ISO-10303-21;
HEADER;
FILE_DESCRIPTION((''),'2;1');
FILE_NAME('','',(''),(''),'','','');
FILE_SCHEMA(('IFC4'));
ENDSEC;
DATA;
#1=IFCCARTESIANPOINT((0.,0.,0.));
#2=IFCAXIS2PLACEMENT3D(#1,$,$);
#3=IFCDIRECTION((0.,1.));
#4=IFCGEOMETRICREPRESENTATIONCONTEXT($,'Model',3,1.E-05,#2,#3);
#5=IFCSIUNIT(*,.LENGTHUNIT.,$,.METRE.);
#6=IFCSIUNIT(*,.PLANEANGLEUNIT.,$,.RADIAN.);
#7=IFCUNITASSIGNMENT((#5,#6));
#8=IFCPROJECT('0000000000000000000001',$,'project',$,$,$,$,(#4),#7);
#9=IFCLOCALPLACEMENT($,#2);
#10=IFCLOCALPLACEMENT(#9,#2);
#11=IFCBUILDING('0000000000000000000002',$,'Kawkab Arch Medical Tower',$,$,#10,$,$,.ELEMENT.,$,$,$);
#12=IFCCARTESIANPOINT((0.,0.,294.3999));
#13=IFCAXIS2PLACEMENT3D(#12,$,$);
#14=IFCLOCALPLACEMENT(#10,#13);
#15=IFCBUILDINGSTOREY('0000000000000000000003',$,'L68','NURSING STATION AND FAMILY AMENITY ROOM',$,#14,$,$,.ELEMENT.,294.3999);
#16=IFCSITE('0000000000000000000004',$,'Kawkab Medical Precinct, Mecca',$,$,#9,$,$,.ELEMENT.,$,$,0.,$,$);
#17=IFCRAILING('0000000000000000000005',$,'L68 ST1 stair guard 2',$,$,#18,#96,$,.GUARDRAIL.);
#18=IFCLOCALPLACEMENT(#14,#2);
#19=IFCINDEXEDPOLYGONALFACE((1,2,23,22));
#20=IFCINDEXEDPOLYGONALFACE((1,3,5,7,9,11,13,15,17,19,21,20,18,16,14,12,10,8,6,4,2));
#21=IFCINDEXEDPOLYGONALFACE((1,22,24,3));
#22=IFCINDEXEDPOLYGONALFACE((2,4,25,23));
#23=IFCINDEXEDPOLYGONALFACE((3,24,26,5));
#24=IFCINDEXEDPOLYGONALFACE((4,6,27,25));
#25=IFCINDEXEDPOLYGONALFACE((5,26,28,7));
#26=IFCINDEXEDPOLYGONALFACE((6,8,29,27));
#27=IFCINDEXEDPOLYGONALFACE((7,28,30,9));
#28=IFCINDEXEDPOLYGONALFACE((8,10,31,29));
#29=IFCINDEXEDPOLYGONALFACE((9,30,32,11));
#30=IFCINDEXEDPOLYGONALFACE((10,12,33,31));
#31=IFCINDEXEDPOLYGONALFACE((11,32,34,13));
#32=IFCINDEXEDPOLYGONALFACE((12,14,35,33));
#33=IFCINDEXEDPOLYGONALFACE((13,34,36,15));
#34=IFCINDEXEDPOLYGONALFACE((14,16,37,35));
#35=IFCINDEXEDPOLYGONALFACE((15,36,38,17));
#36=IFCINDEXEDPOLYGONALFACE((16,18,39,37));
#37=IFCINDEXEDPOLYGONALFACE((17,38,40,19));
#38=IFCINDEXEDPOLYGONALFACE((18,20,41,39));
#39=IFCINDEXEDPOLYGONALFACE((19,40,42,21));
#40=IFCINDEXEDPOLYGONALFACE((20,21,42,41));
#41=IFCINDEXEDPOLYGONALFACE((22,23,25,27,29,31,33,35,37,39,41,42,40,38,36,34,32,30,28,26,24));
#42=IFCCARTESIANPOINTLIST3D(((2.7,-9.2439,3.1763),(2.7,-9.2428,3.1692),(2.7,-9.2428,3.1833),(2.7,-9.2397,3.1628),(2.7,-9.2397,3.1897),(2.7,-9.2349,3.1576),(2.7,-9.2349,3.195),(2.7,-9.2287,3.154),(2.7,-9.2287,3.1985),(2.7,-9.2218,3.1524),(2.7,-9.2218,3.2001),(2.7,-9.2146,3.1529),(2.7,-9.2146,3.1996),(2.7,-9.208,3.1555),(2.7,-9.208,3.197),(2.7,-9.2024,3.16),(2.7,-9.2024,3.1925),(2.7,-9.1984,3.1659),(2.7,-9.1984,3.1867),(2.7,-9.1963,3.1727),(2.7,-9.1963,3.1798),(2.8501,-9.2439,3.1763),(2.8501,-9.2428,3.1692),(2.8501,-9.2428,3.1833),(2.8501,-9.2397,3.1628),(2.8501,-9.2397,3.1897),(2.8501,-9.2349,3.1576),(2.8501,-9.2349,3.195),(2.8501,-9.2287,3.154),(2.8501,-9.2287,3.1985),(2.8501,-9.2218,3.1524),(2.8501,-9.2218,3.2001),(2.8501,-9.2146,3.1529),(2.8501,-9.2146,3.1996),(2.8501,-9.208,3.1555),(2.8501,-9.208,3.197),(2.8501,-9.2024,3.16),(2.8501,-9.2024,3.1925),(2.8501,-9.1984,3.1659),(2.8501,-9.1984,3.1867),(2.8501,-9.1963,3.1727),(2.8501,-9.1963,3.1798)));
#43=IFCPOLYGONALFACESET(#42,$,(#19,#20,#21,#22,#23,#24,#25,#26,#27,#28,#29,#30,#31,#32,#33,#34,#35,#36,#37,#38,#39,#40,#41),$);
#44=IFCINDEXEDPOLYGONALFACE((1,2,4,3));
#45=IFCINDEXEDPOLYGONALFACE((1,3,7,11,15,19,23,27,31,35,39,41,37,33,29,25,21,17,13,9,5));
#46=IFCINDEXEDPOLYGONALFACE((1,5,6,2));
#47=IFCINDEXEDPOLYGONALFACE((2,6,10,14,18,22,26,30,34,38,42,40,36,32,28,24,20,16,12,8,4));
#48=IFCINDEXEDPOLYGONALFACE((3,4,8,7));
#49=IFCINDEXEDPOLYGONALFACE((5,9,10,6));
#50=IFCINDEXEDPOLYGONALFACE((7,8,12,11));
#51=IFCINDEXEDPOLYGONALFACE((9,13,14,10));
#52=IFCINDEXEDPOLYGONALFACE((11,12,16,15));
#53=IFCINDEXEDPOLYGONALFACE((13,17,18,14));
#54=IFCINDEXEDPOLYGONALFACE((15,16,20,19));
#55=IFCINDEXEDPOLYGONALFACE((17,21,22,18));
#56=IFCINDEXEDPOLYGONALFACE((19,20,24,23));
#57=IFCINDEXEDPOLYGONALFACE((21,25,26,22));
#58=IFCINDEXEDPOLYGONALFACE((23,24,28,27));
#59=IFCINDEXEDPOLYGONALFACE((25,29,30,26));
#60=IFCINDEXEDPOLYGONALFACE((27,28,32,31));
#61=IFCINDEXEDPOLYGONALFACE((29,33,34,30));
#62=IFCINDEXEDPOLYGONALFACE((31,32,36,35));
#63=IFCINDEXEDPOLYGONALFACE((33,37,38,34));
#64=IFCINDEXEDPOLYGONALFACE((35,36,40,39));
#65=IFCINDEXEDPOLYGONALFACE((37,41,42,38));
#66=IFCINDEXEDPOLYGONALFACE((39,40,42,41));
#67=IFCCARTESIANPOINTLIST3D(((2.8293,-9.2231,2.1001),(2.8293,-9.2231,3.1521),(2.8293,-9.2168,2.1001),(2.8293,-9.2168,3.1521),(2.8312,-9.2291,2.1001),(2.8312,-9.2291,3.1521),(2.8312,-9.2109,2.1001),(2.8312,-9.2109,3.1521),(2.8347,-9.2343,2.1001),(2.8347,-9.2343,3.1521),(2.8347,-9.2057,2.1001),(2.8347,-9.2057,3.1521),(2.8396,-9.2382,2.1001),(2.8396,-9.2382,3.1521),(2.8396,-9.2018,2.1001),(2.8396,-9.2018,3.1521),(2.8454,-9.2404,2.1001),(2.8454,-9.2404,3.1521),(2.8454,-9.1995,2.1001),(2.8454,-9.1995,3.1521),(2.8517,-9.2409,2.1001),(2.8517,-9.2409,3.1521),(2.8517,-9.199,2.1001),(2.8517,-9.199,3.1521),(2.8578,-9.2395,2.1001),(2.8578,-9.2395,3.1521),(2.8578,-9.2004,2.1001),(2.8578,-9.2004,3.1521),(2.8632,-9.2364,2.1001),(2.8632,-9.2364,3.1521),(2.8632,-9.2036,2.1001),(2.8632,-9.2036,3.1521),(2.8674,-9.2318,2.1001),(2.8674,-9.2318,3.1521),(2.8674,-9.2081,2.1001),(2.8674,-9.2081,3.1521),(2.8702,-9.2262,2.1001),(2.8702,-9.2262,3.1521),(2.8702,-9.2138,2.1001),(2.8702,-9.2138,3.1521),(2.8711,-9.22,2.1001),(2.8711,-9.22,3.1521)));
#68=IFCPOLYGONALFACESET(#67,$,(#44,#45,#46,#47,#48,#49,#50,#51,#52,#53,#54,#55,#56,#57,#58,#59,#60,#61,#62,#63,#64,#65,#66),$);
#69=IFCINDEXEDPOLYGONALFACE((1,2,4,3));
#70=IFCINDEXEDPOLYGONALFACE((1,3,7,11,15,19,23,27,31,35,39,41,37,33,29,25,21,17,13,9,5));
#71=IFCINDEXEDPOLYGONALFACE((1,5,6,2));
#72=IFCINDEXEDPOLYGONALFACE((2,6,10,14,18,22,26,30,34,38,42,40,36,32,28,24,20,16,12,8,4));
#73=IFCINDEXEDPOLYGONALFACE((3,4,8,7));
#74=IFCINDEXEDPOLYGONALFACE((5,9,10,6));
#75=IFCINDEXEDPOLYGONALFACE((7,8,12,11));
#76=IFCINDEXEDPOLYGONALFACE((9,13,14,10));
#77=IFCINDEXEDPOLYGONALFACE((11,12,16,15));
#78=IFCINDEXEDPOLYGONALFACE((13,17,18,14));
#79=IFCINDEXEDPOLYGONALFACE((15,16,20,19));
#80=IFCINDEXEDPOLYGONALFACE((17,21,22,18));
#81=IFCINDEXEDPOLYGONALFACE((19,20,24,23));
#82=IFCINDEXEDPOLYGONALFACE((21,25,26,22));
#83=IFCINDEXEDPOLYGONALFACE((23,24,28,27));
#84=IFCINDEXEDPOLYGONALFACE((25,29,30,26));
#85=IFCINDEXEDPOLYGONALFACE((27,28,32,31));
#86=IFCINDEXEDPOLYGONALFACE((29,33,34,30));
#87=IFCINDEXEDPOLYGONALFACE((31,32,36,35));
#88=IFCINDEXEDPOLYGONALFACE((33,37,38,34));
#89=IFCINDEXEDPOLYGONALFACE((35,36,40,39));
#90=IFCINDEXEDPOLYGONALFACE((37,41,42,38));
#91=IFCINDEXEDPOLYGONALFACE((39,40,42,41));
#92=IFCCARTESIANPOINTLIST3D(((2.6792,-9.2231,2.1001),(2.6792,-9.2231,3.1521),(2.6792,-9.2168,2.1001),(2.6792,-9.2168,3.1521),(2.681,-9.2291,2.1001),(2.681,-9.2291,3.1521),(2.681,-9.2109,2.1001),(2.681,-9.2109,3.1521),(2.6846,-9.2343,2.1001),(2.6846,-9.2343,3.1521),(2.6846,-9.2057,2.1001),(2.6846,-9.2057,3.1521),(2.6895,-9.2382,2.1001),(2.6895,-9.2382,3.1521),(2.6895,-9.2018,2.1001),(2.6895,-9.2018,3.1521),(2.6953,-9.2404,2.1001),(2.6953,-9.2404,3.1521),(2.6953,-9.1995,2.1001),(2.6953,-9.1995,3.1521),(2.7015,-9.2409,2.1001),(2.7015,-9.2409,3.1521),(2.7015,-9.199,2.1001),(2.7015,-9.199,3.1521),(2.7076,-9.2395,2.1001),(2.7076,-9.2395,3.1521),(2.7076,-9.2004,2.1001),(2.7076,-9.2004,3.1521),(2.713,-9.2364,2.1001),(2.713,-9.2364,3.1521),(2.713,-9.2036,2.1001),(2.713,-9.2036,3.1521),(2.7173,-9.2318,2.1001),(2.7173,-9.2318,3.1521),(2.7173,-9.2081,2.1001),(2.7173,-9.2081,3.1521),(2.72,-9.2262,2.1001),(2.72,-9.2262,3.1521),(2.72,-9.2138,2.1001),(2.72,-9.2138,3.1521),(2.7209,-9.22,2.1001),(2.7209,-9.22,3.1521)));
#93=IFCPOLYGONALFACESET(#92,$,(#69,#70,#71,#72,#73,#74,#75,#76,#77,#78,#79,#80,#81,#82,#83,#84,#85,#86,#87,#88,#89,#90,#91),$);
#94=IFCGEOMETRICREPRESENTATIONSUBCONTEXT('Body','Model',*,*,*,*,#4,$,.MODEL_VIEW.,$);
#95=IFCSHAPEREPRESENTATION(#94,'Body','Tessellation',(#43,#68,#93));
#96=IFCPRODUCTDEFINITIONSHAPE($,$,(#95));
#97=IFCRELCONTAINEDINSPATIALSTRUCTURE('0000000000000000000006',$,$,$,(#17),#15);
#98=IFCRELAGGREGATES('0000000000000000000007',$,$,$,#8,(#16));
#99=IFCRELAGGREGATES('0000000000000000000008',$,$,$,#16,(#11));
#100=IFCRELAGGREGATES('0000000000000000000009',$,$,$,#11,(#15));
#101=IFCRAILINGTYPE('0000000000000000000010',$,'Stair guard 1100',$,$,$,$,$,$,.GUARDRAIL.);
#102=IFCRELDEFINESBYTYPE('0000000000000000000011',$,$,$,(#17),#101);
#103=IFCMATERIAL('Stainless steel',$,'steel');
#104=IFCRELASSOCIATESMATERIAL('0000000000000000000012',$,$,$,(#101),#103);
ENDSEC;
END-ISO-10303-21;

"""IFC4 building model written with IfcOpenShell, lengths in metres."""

from ifc_helpers import new_model, si_unit, direction, frame, origin, origin_2d, place, context, subcontext, project, spatial, circle, extrude, material, type_object, element, save


model = new_model("IFC4")

# Units and contexts
model_context = context("Model", 3, precision=1e-05, world=origin(), true_north=direction((0.0, 1.0)))
body_context = subcontext(model_context, "Body", "Model", "MODEL_VIEW")
ifc_project = project(units=[si_unit("LENGTHUNIT", "METRE"), si_unit("PLANEANGLEUNIT", "RADIAN")], contexts=[model_context])

# Site, building, storey
site_placement = place(None, origin())
site = spatial("IfcSite", under=ifc_project, at=site_placement, Name="Kawkab Medical Precinct, Mecca", CompositionType="ELEMENT", RefElevation=0.0)
building_placement = place(site_placement, origin())
building = spatial("IfcBuilding", under=site, at=building_placement, Name="Kawkab Arch Medical Tower", CompositionType="ELEMENT")
storey_placement = place(building_placement, frame((0.0, 0.0, 294.3999)))
storey = spatial("IfcBuildingStorey", under=building, at=storey_placement, Name="L68", Description="NURSING STATION AND FAMILY AMENITY ROOM", CompositionType="ELEMENT", Elevation=294.3999)

# Railing
ifc_material_1 = material(Name="Stainless steel", Category="steel")
railing_type = type_object("IfcRailingType", Name="Stair guard 1100", PredefinedType="GUARDRAIL", material=ifc_material_1)
railing_1_placement = place(storey_placement, frame((2.8501, -9.22, 2.1001)))
element("IfcRailing", 1, at=railing_1_placement, inside=storey, type_object=railing_type, Name="L68 ST1 stair guard 2", PredefinedType="GUARDRAIL", context=body_context, shape_type="SweptSolid", body=[
    extrude(circle(Radius=0.0239, at=origin_2d()), frame((0.0, 0.0, 1.0762), z_axis=(-1.0, 0.0, 0.0), x_axis=(0.0, -1.0, 0.0)), (0.0, 0.0, 1.0), 0.1501),
    extrude(circle(Radius=0.021, at=origin_2d()), origin(), (0.0, 0.0, 1.0), 1.052),
    extrude(circle(Radius=0.021, at=origin_2d()), frame((-0.1501, 0.0, 0.0)), (0.0, 0.0, 1.0), 1.052),
])

save(model, "model.ifc")
